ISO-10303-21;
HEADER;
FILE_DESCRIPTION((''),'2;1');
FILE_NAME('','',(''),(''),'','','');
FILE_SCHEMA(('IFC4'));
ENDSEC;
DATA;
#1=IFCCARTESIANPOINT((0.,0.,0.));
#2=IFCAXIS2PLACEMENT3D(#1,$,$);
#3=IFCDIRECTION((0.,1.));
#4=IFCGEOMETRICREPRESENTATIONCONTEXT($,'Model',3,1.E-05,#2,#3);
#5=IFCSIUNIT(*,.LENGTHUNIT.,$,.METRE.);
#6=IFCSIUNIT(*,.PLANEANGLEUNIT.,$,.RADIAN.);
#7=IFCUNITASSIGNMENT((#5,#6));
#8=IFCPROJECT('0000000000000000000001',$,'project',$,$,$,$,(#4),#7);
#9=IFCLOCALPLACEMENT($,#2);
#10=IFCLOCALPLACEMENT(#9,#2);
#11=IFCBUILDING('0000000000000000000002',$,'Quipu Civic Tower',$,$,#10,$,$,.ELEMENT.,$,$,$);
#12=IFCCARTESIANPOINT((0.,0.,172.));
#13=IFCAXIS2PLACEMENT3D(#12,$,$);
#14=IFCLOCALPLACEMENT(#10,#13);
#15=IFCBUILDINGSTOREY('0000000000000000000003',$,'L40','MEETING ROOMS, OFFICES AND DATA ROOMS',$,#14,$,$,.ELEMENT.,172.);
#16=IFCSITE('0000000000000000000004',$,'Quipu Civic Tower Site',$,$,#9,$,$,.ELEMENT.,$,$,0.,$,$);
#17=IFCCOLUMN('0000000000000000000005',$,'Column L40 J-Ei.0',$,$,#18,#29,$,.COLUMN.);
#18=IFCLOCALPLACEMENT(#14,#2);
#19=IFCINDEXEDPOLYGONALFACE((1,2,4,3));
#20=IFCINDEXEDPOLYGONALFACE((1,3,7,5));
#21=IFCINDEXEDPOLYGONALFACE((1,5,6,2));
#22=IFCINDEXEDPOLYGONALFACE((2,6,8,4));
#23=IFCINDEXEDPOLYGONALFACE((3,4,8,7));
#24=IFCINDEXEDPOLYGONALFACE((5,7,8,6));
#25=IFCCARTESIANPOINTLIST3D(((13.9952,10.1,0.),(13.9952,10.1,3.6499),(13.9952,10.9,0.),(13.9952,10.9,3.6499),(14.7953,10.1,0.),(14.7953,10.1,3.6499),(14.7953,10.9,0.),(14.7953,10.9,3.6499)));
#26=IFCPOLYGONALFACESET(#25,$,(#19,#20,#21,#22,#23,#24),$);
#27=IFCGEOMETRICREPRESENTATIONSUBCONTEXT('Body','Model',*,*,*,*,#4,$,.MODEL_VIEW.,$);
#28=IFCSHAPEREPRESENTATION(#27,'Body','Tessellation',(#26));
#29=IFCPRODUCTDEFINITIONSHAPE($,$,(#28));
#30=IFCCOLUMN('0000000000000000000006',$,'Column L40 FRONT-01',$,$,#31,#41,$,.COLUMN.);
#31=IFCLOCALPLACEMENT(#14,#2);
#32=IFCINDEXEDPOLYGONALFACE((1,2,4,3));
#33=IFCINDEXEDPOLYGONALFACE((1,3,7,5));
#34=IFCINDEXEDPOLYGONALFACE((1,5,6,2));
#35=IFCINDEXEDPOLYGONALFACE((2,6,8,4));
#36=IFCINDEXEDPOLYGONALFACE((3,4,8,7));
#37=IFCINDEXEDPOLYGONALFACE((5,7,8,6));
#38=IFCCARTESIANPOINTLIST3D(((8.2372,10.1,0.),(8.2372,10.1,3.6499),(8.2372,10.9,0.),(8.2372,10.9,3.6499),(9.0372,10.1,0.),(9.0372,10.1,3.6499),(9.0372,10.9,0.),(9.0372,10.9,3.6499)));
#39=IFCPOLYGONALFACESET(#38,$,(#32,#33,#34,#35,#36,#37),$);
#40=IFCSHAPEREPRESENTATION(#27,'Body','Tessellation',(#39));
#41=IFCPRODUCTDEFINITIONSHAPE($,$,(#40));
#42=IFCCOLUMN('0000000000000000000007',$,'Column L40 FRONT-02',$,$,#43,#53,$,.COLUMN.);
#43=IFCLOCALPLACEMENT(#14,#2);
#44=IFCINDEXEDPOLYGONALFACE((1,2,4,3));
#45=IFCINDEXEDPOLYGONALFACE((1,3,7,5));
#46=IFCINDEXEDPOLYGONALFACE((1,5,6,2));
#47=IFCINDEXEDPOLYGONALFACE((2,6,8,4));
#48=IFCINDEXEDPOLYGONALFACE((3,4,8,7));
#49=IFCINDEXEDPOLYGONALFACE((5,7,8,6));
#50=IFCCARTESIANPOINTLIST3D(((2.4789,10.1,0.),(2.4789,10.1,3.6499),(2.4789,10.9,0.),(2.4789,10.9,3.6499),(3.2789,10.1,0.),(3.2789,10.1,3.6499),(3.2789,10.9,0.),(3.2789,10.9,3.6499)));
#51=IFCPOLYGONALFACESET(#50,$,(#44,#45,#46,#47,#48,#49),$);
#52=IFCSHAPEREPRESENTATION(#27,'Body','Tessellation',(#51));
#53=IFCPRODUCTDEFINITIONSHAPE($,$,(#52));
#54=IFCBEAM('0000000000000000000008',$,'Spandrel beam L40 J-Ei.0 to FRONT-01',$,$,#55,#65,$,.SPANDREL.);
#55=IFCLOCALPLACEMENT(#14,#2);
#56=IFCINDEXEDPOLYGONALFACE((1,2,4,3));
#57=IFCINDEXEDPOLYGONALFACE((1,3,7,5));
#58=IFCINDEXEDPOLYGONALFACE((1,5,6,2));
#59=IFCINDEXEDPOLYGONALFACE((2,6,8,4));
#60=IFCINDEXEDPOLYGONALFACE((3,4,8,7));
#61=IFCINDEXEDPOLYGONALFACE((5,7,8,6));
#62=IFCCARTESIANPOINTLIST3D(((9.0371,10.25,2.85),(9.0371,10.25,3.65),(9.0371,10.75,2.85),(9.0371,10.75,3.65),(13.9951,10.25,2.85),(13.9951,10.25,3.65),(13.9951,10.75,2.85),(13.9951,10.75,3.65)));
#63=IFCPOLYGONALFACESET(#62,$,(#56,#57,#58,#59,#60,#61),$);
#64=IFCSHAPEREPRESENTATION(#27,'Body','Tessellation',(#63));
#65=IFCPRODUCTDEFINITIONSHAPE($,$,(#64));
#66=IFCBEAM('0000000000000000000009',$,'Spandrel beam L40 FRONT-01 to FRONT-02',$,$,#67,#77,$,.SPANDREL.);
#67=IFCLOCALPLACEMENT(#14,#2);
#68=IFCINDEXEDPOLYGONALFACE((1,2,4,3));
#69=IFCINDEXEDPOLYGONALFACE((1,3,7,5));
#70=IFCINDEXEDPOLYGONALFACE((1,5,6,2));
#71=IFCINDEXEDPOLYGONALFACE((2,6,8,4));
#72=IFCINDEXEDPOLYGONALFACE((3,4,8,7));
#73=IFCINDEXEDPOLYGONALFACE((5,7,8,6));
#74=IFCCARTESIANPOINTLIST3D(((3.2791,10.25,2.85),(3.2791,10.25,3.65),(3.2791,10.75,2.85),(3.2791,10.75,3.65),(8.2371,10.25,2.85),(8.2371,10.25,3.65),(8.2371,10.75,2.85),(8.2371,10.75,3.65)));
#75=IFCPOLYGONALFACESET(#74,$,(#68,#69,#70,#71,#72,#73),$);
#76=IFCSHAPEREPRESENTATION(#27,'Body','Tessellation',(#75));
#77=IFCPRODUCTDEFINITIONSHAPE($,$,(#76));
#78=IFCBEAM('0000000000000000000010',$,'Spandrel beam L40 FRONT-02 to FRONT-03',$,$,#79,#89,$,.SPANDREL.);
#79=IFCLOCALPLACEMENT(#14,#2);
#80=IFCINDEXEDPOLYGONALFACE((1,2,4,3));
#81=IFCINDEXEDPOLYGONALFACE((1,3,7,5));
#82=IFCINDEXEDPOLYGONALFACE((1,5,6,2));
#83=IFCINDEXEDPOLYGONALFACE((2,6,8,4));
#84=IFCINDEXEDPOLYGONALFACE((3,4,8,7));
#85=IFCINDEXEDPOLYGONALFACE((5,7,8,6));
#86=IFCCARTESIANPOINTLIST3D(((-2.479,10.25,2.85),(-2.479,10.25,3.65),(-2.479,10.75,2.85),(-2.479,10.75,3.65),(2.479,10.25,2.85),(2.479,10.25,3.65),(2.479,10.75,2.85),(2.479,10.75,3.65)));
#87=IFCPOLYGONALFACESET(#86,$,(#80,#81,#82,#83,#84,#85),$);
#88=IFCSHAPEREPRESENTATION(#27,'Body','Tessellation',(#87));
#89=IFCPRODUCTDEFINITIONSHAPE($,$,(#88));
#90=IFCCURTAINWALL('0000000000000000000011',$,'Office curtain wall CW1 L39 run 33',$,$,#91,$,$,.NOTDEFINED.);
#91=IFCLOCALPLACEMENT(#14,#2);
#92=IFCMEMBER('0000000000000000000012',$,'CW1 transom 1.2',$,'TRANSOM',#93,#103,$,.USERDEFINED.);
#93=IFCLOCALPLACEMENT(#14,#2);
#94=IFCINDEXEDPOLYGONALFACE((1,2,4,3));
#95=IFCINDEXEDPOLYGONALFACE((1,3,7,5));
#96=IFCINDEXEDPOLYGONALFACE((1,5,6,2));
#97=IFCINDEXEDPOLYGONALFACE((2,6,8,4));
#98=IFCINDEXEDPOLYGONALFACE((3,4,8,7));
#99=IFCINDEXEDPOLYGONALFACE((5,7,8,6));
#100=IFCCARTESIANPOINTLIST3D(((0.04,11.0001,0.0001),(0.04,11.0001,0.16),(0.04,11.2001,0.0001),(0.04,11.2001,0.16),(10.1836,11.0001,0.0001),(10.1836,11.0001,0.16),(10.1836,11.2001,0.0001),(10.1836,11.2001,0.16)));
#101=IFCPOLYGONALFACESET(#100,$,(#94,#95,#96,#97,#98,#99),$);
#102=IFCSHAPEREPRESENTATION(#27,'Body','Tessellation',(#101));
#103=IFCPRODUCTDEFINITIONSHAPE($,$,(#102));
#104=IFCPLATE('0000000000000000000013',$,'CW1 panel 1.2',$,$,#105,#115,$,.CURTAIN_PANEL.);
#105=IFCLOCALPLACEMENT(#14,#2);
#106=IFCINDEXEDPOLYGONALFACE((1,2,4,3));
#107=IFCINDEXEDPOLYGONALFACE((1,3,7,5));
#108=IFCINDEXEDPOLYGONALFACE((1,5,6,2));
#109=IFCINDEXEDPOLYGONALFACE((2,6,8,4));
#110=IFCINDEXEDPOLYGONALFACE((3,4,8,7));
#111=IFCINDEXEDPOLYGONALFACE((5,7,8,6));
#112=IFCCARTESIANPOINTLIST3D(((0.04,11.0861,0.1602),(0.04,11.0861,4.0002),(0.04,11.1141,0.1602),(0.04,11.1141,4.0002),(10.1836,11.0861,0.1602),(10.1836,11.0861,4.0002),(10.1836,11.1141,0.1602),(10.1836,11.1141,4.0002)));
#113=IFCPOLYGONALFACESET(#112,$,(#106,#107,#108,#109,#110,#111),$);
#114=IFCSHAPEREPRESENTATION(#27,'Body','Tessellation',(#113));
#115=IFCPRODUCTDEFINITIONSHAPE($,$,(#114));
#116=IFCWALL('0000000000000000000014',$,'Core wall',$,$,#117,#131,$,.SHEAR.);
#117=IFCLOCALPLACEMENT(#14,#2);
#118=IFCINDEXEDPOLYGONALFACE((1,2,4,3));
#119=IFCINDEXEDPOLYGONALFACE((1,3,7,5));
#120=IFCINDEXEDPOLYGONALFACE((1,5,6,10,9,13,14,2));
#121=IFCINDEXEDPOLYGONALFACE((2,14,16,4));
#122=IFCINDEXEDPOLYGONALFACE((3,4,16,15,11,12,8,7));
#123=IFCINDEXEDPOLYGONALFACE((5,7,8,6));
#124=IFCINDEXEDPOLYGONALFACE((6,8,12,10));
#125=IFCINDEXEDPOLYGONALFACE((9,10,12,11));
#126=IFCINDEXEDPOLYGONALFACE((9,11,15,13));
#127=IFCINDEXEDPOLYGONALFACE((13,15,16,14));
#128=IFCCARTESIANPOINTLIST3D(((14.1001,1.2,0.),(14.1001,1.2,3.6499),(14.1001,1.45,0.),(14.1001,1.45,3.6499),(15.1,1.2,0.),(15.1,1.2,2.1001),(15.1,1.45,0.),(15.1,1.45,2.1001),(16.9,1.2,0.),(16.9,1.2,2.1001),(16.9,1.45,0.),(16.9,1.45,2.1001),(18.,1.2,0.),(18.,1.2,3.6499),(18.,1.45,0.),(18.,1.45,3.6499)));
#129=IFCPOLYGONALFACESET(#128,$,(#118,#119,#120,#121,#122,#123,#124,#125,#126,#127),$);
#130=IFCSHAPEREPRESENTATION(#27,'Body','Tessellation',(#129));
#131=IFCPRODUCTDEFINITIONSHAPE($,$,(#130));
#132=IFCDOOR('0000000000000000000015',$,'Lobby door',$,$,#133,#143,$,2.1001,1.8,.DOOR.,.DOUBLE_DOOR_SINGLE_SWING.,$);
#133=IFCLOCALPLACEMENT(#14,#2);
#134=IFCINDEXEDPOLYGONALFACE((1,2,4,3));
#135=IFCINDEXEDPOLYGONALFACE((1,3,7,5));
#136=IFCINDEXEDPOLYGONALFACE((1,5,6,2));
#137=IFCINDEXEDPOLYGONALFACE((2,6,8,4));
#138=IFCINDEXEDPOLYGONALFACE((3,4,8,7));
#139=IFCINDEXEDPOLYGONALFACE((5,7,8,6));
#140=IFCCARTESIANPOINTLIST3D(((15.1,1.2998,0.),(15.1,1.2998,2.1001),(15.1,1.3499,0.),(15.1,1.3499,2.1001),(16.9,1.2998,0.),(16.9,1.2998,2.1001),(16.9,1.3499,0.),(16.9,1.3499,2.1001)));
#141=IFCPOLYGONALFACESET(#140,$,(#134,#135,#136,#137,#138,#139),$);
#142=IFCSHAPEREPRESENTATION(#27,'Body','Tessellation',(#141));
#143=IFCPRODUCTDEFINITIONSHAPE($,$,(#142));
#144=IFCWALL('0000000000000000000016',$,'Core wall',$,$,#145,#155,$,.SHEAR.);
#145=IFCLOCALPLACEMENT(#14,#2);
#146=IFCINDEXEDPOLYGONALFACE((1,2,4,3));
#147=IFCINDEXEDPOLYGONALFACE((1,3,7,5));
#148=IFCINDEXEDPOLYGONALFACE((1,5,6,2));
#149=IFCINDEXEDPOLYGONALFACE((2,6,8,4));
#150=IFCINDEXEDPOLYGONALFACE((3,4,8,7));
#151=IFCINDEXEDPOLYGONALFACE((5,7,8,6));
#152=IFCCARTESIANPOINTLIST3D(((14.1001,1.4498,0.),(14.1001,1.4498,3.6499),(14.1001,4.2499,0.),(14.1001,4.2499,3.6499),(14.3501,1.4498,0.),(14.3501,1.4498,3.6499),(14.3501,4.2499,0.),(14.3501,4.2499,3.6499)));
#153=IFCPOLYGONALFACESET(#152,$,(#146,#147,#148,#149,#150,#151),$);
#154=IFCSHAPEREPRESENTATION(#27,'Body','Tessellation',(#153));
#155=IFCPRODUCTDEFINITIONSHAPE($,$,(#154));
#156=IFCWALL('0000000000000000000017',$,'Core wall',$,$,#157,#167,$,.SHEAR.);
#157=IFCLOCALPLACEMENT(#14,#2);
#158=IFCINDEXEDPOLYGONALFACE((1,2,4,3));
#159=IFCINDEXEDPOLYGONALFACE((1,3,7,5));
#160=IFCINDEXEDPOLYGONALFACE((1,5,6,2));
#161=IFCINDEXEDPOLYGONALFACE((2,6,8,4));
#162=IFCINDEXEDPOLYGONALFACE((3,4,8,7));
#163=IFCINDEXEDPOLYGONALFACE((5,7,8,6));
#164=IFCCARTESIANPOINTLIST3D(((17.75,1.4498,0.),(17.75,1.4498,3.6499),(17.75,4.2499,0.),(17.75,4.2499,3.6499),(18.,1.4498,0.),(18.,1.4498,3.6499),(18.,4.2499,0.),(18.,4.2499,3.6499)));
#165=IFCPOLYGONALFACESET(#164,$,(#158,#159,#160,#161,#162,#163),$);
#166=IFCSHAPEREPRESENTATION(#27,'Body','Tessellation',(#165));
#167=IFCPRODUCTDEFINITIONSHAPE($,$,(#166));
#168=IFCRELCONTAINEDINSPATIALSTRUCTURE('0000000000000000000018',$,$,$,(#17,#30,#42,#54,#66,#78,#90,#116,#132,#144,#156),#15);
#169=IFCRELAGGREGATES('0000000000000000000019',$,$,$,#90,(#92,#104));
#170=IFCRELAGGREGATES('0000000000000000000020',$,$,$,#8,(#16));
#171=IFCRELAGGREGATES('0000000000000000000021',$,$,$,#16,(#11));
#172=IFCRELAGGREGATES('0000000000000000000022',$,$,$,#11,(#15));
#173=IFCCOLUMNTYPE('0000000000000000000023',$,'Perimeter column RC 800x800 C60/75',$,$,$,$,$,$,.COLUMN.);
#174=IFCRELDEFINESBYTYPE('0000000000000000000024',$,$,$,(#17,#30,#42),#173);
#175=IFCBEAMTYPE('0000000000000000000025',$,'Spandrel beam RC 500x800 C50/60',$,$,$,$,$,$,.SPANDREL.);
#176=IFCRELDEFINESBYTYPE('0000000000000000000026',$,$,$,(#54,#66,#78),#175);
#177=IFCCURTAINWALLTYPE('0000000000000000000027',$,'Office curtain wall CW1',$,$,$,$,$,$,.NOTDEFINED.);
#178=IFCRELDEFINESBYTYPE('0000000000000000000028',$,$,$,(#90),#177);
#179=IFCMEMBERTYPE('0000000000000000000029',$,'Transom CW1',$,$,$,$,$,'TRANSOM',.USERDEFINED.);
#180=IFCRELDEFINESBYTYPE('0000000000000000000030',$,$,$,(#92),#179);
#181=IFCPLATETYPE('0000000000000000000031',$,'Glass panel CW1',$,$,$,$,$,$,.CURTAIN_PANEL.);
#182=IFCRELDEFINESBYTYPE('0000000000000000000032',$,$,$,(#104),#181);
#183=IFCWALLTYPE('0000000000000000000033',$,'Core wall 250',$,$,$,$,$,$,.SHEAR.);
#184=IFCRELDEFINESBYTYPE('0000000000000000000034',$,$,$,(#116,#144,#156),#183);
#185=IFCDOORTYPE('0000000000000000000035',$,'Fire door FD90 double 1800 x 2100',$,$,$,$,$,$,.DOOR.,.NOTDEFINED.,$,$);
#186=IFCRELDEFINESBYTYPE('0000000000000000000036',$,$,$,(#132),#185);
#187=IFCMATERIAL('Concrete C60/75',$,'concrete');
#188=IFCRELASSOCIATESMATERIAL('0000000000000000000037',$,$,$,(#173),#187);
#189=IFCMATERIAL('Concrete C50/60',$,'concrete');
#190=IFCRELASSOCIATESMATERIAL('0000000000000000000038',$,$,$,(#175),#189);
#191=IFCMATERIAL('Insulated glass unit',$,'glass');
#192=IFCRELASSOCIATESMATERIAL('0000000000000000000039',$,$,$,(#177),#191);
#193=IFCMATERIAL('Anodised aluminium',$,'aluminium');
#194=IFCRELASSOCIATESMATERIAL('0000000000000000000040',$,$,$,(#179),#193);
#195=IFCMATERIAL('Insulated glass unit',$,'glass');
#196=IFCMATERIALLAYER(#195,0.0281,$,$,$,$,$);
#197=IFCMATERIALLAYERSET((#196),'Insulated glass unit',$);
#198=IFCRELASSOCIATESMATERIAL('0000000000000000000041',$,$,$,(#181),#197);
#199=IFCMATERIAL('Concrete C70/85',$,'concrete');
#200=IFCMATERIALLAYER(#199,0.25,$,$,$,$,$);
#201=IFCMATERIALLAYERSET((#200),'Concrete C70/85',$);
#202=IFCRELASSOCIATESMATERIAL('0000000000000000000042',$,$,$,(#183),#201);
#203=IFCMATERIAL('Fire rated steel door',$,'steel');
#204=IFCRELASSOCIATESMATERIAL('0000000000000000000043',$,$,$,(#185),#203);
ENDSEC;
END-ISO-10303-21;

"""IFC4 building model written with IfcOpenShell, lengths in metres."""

from ifc_helpers import new_model, si_unit, direction, frame, frame_2d, origin, origin_2d, place, context, subcontext, project, spatial, rectangle, extrude, material, layer, layer_set, material_profile, profile_set, type_object, element, fill, aggregate, save


model = new_model("IFC4")

# Units and contexts
model_context = context("Model", 3, precision=1e-05, world=origin(), true_north=direction((0.0, 1.0)))
body_context = subcontext(model_context, "Body", "Model", "MODEL_VIEW")
ifc_project = project(units=[si_unit("LENGTHUNIT", "METRE"), si_unit("PLANEANGLEUNIT", "RADIAN")], contexts=[model_context])

# Site, building, storey
site_placement = place(None, origin())
site = spatial("IfcSite", under=ifc_project, at=site_placement, Name="Quipu Civic Tower Site", CompositionType="ELEMENT", RefElevation=0.0)
building_placement = place(site_placement, origin())
building = spatial("IfcBuilding", under=site, at=building_placement, Name="Quipu Civic Tower", CompositionType="ELEMENT")
storey_placement = place(building_placement, frame((0.0, 0.0, 172.0)))
storey = spatial("IfcBuildingStorey", under=building, at=storey_placement, Name="L40", Description="MEETING ROOMS, OFFICES AND DATA ROOMS", CompositionType="ELEMENT", Elevation=172.0)

# Columns
ifc_material_1 = material(Name="Concrete C60/75", Category="concrete")
ifc_material_profile_1 = material_profile(ifc_material_1, rectangle(XDim=0.8, YDim=0.8, at=origin_2d()), Name="RC800x800")
ifc_profile_set_1 = profile_set([ifc_material_profile_1], Name="Concrete C60/75")
column_type = type_object("IfcColumnType", Name="Perimeter column RC 800x800 C60/75", PredefinedType="COLUMN", material=ifc_profile_set_1)
for number, where, z_axis, x_axis, name in (
    (1, (14.3953, 10.5, 0.0), (0.0, 0.0, 1.0), (-1.0, 0.0, 0.0), "Column L40 J-Ei.0"),
    (2, (8.6372, 10.5, 0.0), (0.0, 0.0, 1.0), (-1.0, 0.0, 0.0), "Column L40 FRONT-01"),
    (3, (2.8789, 10.5, 0.0), (0.0, 0.0, 1.0), (-1.0, 0.0, 0.0), "Column L40 FRONT-02"),
):
    element("IfcColumn", number, at=place(storey_placement, frame(where, z_axis=z_axis, x_axis=x_axis)), inside=storey, type_object=column_type, Name=name, PredefinedType="COLUMN", context=body_context, shape_type="SweptSolid", body=[
        extrude(rectangle(XDim=0.8, YDim=0.8, at=origin_2d()), origin(), (0.0, 0.0, 1.0), 3.6499),
    ])

# Beams
ifc_material_2 = material(Name="Concrete C50/60", Category="concrete")
ifc_material_profile_2 = material_profile(ifc_material_2, rectangle(XDim=0.5, YDim=0.8, at=origin_2d()), Name="RC500x800")
ifc_profile_set_2 = profile_set([ifc_material_profile_2], Name="Concrete C50/60")
beam_type = type_object("IfcBeamType", Name="Spandrel beam RC 500x800 C50/60", PredefinedType="SPANDREL", material=ifc_profile_set_2)
for number, where, z_axis, x_axis, name in (
    (4, (13.9951, 10.5, 3.25), (-1.0, 0.0, 0.0), (0.0, -1.0, 0.0), "Spandrel beam L40 J-Ei.0 to FRONT-01"),
    (5, (8.2371, 10.5, 3.25), (-1.0, 0.0, 0.0), (0.0, -1.0, 0.0), "Spandrel beam L40 FRONT-01 to FRONT-02"),
    (6, (2.479, 10.5, 3.25), (-1.0, 0.0, 0.0), (0.0, -1.0, 0.0), "Spandrel beam L40 FRONT-02 to FRONT-03"),
):
    element("IfcBeam", number, at=place(storey_placement, frame(where, z_axis=z_axis, x_axis=x_axis)), inside=storey, type_object=beam_type, Name=name, PredefinedType="SPANDREL", context=body_context, shape_type="SweptSolid", body=[
        extrude(rectangle(XDim=0.5, YDim=0.8, at=origin_2d()), origin(), (0.0, 0.0, 1.0), 4.958),
    ])

# Curtain wall, member, plate
ifc_material_3 = material(Name="Insulated glass unit", Category="glass")
curtain_wall_type = type_object("IfcCurtainWallType", Name="Office curtain wall CW1", PredefinedType="NOTDEFINED", material=ifc_material_3)
curtain_wall_placement = place(storey_placement, origin())
curtain_wall = element("IfcCurtainWall", 7, at=curtain_wall_placement, inside=storey, type_object=curtain_wall_type, Name="Office curtain wall CW1 L39 run 33", PredefinedType="NOTDEFINED")
ifc_material_4 = material(Name="Anodised aluminium", Category="aluminium")
ifc_material_profile_3 = material_profile(ifc_material_4, rectangle(XDim=0.2, YDim=0.1599, at=origin_2d()), Name="RECT 200x160")
ifc_profile_set_3 = profile_set([ifc_material_profile_3], Name="Anodised aluminium")
member_type = type_object("IfcMemberType", Name="Transom CW1", ElementType="TRANSOM", PredefinedType="USERDEFINED", material=ifc_profile_set_3)
member_placement = place(storey_placement, frame((10.1836, 11.1001, 0.0801), z_axis=(-1.0, 0.0, 0.0), x_axis=(0.0, -1.0, 0.0)))
member = element("IfcMember", 8, at=member_placement, type_object=member_type, Name="CW1 transom 1.2", ObjectType="TRANSOM", PredefinedType="USERDEFINED", context=body_context, shape_type="SweptSolid", body=[
    extrude(rectangle(XDim=0.2, YDim=0.1599, at=origin_2d()), origin(), (0.0, 0.0, 1.0), 10.1436),
])
ifc_material_5 = material(Name="Insulated glass unit", Category="glass")
ifc_layer_1 = layer(ifc_material_5, 0.0281)
ifc_layer_set_1 = layer_set([ifc_layer_1], Name="Insulated glass unit")
plate_type = type_object("IfcPlateType", Name="Glass panel CW1", PredefinedType="CURTAIN_PANEL", material=ifc_layer_set_1)
plate_placement = place(storey_placement, frame((5.1118, 11.1001, 0.1602), z_axis=(0.0, 0.0, 1.0), x_axis=(-1.0, 0.0, 0.0)))
plate = element("IfcPlate", 9, at=plate_placement, type_object=plate_type, Name="CW1 panel 1.2", PredefinedType="CURTAIN_PANEL", context=body_context, shape_type="SweptSolid", body=[
    extrude(rectangle(XDim=10.1436, YDim=0.0281, at=origin_2d()), origin(), (0.0, 0.0, 1.0), 3.8401),
])
aggregate(curtain_wall, [member, plate])

# Wall, opening, door
ifc_material_6 = material(Name="Concrete C70/85", Category="concrete")
ifc_layer_2 = layer(ifc_material_6, 0.25)
ifc_layer_set_2 = layer_set([ifc_layer_2], Name="Concrete C70/85")
wall_type_1 = type_object("IfcWallType", Name="Core wall 250", PredefinedType="SHEAR", material=ifc_layer_set_2)
wall_1_placement = place(storey_placement, frame((14.1001, 1.325, 0.0), z_axis=(0.0, 0.0, 1.0), x_axis=(1.0, 0.0, 0.0)))
wall_1 = element("IfcWall", 10, at=wall_1_placement, inside=storey, type_object=wall_type_1, Name="Core wall", PredefinedType="SHEAR", context=body_context, shape_type="SweptSolid", body=[
    extrude(rectangle(XDim=3.8999, YDim=0.25, at=frame_2d((1.95, 0.0))), origin(), (0.0, 0.0, 1.0), 3.6499),
])
opening_1_placement = place(wall_1_placement, frame((1.0, 0.0, 0.0)))
opening_1 = element("IfcOpeningElement", 11, at=opening_1_placement, cuts=wall_1, PredefinedType="OPENING", context=body_context, shape_type="SweptSolid", body=[
    extrude(rectangle(XDim=1.8, YDim=2.1001, at=frame_2d((0.8999, 1.05))), frame((0.0, 0.135, 0.0), z_axis=(0.0, -1.0, 0.0), x_axis=(1.0, 0.0, 0.0)), (0.0, 0.0, 1.0), 0.27),
])
ifc_material_7 = material(Name="Fire rated steel door", Category="steel")
door_type_1 = type_object("IfcDoorType", Name="Fire door FD90 double 1800 x 2100", OperationType="NOTDEFINED", PredefinedType="DOOR", material=ifc_material_7)
door_1_placement = place(opening_1_placement, origin())
door_1 = element("IfcDoor", 12, at=door_1_placement, inside=storey, type_object=door_type_1, Name="Lobby door", OperationType="DOUBLE_DOOR_SINGLE_SWING", OverallHeight=2.1001, OverallWidth=1.8, PredefinedType="DOOR", context=body_context, shape_type="SweptSolid", body=[
    extrude(rectangle(XDim=1.8, YDim=2.1001, at=frame_2d((0.8999, 1.05))), frame((0.0, 0.0249, 0.0), z_axis=(0.0, -1.0, 0.0), x_axis=(1.0, 0.0, 0.0)), (0.0, 0.0, 1.0), 0.05),
])
fill(opening_1, door_1)

# Walls
for number, where, z_axis, x_axis, name in (
    (13, (14.2251, 1.45, 0.0), (0.0, 0.0, 1.0), (0.0, 1.0, 0.0), "Core wall"),
    (14, (17.875, 1.45, 0.0), (0.0, 0.0, 1.0), (0.0, 1.0, 0.0), "Core wall"),
):
    element("IfcWall", number, at=place(storey_placement, frame(where, z_axis=z_axis, x_axis=x_axis)), inside=storey, type_object=wall_type_1, Name=name, PredefinedType="SHEAR", context=body_context, shape_type="SweptSolid", body=[
        extrude(rectangle(XDim=2.8, YDim=0.25, at=frame_2d((1.3999, 0.0))), origin(), (0.0, 0.0, 1.0), 3.6499),
    ])

save(model, "model.ifc")
